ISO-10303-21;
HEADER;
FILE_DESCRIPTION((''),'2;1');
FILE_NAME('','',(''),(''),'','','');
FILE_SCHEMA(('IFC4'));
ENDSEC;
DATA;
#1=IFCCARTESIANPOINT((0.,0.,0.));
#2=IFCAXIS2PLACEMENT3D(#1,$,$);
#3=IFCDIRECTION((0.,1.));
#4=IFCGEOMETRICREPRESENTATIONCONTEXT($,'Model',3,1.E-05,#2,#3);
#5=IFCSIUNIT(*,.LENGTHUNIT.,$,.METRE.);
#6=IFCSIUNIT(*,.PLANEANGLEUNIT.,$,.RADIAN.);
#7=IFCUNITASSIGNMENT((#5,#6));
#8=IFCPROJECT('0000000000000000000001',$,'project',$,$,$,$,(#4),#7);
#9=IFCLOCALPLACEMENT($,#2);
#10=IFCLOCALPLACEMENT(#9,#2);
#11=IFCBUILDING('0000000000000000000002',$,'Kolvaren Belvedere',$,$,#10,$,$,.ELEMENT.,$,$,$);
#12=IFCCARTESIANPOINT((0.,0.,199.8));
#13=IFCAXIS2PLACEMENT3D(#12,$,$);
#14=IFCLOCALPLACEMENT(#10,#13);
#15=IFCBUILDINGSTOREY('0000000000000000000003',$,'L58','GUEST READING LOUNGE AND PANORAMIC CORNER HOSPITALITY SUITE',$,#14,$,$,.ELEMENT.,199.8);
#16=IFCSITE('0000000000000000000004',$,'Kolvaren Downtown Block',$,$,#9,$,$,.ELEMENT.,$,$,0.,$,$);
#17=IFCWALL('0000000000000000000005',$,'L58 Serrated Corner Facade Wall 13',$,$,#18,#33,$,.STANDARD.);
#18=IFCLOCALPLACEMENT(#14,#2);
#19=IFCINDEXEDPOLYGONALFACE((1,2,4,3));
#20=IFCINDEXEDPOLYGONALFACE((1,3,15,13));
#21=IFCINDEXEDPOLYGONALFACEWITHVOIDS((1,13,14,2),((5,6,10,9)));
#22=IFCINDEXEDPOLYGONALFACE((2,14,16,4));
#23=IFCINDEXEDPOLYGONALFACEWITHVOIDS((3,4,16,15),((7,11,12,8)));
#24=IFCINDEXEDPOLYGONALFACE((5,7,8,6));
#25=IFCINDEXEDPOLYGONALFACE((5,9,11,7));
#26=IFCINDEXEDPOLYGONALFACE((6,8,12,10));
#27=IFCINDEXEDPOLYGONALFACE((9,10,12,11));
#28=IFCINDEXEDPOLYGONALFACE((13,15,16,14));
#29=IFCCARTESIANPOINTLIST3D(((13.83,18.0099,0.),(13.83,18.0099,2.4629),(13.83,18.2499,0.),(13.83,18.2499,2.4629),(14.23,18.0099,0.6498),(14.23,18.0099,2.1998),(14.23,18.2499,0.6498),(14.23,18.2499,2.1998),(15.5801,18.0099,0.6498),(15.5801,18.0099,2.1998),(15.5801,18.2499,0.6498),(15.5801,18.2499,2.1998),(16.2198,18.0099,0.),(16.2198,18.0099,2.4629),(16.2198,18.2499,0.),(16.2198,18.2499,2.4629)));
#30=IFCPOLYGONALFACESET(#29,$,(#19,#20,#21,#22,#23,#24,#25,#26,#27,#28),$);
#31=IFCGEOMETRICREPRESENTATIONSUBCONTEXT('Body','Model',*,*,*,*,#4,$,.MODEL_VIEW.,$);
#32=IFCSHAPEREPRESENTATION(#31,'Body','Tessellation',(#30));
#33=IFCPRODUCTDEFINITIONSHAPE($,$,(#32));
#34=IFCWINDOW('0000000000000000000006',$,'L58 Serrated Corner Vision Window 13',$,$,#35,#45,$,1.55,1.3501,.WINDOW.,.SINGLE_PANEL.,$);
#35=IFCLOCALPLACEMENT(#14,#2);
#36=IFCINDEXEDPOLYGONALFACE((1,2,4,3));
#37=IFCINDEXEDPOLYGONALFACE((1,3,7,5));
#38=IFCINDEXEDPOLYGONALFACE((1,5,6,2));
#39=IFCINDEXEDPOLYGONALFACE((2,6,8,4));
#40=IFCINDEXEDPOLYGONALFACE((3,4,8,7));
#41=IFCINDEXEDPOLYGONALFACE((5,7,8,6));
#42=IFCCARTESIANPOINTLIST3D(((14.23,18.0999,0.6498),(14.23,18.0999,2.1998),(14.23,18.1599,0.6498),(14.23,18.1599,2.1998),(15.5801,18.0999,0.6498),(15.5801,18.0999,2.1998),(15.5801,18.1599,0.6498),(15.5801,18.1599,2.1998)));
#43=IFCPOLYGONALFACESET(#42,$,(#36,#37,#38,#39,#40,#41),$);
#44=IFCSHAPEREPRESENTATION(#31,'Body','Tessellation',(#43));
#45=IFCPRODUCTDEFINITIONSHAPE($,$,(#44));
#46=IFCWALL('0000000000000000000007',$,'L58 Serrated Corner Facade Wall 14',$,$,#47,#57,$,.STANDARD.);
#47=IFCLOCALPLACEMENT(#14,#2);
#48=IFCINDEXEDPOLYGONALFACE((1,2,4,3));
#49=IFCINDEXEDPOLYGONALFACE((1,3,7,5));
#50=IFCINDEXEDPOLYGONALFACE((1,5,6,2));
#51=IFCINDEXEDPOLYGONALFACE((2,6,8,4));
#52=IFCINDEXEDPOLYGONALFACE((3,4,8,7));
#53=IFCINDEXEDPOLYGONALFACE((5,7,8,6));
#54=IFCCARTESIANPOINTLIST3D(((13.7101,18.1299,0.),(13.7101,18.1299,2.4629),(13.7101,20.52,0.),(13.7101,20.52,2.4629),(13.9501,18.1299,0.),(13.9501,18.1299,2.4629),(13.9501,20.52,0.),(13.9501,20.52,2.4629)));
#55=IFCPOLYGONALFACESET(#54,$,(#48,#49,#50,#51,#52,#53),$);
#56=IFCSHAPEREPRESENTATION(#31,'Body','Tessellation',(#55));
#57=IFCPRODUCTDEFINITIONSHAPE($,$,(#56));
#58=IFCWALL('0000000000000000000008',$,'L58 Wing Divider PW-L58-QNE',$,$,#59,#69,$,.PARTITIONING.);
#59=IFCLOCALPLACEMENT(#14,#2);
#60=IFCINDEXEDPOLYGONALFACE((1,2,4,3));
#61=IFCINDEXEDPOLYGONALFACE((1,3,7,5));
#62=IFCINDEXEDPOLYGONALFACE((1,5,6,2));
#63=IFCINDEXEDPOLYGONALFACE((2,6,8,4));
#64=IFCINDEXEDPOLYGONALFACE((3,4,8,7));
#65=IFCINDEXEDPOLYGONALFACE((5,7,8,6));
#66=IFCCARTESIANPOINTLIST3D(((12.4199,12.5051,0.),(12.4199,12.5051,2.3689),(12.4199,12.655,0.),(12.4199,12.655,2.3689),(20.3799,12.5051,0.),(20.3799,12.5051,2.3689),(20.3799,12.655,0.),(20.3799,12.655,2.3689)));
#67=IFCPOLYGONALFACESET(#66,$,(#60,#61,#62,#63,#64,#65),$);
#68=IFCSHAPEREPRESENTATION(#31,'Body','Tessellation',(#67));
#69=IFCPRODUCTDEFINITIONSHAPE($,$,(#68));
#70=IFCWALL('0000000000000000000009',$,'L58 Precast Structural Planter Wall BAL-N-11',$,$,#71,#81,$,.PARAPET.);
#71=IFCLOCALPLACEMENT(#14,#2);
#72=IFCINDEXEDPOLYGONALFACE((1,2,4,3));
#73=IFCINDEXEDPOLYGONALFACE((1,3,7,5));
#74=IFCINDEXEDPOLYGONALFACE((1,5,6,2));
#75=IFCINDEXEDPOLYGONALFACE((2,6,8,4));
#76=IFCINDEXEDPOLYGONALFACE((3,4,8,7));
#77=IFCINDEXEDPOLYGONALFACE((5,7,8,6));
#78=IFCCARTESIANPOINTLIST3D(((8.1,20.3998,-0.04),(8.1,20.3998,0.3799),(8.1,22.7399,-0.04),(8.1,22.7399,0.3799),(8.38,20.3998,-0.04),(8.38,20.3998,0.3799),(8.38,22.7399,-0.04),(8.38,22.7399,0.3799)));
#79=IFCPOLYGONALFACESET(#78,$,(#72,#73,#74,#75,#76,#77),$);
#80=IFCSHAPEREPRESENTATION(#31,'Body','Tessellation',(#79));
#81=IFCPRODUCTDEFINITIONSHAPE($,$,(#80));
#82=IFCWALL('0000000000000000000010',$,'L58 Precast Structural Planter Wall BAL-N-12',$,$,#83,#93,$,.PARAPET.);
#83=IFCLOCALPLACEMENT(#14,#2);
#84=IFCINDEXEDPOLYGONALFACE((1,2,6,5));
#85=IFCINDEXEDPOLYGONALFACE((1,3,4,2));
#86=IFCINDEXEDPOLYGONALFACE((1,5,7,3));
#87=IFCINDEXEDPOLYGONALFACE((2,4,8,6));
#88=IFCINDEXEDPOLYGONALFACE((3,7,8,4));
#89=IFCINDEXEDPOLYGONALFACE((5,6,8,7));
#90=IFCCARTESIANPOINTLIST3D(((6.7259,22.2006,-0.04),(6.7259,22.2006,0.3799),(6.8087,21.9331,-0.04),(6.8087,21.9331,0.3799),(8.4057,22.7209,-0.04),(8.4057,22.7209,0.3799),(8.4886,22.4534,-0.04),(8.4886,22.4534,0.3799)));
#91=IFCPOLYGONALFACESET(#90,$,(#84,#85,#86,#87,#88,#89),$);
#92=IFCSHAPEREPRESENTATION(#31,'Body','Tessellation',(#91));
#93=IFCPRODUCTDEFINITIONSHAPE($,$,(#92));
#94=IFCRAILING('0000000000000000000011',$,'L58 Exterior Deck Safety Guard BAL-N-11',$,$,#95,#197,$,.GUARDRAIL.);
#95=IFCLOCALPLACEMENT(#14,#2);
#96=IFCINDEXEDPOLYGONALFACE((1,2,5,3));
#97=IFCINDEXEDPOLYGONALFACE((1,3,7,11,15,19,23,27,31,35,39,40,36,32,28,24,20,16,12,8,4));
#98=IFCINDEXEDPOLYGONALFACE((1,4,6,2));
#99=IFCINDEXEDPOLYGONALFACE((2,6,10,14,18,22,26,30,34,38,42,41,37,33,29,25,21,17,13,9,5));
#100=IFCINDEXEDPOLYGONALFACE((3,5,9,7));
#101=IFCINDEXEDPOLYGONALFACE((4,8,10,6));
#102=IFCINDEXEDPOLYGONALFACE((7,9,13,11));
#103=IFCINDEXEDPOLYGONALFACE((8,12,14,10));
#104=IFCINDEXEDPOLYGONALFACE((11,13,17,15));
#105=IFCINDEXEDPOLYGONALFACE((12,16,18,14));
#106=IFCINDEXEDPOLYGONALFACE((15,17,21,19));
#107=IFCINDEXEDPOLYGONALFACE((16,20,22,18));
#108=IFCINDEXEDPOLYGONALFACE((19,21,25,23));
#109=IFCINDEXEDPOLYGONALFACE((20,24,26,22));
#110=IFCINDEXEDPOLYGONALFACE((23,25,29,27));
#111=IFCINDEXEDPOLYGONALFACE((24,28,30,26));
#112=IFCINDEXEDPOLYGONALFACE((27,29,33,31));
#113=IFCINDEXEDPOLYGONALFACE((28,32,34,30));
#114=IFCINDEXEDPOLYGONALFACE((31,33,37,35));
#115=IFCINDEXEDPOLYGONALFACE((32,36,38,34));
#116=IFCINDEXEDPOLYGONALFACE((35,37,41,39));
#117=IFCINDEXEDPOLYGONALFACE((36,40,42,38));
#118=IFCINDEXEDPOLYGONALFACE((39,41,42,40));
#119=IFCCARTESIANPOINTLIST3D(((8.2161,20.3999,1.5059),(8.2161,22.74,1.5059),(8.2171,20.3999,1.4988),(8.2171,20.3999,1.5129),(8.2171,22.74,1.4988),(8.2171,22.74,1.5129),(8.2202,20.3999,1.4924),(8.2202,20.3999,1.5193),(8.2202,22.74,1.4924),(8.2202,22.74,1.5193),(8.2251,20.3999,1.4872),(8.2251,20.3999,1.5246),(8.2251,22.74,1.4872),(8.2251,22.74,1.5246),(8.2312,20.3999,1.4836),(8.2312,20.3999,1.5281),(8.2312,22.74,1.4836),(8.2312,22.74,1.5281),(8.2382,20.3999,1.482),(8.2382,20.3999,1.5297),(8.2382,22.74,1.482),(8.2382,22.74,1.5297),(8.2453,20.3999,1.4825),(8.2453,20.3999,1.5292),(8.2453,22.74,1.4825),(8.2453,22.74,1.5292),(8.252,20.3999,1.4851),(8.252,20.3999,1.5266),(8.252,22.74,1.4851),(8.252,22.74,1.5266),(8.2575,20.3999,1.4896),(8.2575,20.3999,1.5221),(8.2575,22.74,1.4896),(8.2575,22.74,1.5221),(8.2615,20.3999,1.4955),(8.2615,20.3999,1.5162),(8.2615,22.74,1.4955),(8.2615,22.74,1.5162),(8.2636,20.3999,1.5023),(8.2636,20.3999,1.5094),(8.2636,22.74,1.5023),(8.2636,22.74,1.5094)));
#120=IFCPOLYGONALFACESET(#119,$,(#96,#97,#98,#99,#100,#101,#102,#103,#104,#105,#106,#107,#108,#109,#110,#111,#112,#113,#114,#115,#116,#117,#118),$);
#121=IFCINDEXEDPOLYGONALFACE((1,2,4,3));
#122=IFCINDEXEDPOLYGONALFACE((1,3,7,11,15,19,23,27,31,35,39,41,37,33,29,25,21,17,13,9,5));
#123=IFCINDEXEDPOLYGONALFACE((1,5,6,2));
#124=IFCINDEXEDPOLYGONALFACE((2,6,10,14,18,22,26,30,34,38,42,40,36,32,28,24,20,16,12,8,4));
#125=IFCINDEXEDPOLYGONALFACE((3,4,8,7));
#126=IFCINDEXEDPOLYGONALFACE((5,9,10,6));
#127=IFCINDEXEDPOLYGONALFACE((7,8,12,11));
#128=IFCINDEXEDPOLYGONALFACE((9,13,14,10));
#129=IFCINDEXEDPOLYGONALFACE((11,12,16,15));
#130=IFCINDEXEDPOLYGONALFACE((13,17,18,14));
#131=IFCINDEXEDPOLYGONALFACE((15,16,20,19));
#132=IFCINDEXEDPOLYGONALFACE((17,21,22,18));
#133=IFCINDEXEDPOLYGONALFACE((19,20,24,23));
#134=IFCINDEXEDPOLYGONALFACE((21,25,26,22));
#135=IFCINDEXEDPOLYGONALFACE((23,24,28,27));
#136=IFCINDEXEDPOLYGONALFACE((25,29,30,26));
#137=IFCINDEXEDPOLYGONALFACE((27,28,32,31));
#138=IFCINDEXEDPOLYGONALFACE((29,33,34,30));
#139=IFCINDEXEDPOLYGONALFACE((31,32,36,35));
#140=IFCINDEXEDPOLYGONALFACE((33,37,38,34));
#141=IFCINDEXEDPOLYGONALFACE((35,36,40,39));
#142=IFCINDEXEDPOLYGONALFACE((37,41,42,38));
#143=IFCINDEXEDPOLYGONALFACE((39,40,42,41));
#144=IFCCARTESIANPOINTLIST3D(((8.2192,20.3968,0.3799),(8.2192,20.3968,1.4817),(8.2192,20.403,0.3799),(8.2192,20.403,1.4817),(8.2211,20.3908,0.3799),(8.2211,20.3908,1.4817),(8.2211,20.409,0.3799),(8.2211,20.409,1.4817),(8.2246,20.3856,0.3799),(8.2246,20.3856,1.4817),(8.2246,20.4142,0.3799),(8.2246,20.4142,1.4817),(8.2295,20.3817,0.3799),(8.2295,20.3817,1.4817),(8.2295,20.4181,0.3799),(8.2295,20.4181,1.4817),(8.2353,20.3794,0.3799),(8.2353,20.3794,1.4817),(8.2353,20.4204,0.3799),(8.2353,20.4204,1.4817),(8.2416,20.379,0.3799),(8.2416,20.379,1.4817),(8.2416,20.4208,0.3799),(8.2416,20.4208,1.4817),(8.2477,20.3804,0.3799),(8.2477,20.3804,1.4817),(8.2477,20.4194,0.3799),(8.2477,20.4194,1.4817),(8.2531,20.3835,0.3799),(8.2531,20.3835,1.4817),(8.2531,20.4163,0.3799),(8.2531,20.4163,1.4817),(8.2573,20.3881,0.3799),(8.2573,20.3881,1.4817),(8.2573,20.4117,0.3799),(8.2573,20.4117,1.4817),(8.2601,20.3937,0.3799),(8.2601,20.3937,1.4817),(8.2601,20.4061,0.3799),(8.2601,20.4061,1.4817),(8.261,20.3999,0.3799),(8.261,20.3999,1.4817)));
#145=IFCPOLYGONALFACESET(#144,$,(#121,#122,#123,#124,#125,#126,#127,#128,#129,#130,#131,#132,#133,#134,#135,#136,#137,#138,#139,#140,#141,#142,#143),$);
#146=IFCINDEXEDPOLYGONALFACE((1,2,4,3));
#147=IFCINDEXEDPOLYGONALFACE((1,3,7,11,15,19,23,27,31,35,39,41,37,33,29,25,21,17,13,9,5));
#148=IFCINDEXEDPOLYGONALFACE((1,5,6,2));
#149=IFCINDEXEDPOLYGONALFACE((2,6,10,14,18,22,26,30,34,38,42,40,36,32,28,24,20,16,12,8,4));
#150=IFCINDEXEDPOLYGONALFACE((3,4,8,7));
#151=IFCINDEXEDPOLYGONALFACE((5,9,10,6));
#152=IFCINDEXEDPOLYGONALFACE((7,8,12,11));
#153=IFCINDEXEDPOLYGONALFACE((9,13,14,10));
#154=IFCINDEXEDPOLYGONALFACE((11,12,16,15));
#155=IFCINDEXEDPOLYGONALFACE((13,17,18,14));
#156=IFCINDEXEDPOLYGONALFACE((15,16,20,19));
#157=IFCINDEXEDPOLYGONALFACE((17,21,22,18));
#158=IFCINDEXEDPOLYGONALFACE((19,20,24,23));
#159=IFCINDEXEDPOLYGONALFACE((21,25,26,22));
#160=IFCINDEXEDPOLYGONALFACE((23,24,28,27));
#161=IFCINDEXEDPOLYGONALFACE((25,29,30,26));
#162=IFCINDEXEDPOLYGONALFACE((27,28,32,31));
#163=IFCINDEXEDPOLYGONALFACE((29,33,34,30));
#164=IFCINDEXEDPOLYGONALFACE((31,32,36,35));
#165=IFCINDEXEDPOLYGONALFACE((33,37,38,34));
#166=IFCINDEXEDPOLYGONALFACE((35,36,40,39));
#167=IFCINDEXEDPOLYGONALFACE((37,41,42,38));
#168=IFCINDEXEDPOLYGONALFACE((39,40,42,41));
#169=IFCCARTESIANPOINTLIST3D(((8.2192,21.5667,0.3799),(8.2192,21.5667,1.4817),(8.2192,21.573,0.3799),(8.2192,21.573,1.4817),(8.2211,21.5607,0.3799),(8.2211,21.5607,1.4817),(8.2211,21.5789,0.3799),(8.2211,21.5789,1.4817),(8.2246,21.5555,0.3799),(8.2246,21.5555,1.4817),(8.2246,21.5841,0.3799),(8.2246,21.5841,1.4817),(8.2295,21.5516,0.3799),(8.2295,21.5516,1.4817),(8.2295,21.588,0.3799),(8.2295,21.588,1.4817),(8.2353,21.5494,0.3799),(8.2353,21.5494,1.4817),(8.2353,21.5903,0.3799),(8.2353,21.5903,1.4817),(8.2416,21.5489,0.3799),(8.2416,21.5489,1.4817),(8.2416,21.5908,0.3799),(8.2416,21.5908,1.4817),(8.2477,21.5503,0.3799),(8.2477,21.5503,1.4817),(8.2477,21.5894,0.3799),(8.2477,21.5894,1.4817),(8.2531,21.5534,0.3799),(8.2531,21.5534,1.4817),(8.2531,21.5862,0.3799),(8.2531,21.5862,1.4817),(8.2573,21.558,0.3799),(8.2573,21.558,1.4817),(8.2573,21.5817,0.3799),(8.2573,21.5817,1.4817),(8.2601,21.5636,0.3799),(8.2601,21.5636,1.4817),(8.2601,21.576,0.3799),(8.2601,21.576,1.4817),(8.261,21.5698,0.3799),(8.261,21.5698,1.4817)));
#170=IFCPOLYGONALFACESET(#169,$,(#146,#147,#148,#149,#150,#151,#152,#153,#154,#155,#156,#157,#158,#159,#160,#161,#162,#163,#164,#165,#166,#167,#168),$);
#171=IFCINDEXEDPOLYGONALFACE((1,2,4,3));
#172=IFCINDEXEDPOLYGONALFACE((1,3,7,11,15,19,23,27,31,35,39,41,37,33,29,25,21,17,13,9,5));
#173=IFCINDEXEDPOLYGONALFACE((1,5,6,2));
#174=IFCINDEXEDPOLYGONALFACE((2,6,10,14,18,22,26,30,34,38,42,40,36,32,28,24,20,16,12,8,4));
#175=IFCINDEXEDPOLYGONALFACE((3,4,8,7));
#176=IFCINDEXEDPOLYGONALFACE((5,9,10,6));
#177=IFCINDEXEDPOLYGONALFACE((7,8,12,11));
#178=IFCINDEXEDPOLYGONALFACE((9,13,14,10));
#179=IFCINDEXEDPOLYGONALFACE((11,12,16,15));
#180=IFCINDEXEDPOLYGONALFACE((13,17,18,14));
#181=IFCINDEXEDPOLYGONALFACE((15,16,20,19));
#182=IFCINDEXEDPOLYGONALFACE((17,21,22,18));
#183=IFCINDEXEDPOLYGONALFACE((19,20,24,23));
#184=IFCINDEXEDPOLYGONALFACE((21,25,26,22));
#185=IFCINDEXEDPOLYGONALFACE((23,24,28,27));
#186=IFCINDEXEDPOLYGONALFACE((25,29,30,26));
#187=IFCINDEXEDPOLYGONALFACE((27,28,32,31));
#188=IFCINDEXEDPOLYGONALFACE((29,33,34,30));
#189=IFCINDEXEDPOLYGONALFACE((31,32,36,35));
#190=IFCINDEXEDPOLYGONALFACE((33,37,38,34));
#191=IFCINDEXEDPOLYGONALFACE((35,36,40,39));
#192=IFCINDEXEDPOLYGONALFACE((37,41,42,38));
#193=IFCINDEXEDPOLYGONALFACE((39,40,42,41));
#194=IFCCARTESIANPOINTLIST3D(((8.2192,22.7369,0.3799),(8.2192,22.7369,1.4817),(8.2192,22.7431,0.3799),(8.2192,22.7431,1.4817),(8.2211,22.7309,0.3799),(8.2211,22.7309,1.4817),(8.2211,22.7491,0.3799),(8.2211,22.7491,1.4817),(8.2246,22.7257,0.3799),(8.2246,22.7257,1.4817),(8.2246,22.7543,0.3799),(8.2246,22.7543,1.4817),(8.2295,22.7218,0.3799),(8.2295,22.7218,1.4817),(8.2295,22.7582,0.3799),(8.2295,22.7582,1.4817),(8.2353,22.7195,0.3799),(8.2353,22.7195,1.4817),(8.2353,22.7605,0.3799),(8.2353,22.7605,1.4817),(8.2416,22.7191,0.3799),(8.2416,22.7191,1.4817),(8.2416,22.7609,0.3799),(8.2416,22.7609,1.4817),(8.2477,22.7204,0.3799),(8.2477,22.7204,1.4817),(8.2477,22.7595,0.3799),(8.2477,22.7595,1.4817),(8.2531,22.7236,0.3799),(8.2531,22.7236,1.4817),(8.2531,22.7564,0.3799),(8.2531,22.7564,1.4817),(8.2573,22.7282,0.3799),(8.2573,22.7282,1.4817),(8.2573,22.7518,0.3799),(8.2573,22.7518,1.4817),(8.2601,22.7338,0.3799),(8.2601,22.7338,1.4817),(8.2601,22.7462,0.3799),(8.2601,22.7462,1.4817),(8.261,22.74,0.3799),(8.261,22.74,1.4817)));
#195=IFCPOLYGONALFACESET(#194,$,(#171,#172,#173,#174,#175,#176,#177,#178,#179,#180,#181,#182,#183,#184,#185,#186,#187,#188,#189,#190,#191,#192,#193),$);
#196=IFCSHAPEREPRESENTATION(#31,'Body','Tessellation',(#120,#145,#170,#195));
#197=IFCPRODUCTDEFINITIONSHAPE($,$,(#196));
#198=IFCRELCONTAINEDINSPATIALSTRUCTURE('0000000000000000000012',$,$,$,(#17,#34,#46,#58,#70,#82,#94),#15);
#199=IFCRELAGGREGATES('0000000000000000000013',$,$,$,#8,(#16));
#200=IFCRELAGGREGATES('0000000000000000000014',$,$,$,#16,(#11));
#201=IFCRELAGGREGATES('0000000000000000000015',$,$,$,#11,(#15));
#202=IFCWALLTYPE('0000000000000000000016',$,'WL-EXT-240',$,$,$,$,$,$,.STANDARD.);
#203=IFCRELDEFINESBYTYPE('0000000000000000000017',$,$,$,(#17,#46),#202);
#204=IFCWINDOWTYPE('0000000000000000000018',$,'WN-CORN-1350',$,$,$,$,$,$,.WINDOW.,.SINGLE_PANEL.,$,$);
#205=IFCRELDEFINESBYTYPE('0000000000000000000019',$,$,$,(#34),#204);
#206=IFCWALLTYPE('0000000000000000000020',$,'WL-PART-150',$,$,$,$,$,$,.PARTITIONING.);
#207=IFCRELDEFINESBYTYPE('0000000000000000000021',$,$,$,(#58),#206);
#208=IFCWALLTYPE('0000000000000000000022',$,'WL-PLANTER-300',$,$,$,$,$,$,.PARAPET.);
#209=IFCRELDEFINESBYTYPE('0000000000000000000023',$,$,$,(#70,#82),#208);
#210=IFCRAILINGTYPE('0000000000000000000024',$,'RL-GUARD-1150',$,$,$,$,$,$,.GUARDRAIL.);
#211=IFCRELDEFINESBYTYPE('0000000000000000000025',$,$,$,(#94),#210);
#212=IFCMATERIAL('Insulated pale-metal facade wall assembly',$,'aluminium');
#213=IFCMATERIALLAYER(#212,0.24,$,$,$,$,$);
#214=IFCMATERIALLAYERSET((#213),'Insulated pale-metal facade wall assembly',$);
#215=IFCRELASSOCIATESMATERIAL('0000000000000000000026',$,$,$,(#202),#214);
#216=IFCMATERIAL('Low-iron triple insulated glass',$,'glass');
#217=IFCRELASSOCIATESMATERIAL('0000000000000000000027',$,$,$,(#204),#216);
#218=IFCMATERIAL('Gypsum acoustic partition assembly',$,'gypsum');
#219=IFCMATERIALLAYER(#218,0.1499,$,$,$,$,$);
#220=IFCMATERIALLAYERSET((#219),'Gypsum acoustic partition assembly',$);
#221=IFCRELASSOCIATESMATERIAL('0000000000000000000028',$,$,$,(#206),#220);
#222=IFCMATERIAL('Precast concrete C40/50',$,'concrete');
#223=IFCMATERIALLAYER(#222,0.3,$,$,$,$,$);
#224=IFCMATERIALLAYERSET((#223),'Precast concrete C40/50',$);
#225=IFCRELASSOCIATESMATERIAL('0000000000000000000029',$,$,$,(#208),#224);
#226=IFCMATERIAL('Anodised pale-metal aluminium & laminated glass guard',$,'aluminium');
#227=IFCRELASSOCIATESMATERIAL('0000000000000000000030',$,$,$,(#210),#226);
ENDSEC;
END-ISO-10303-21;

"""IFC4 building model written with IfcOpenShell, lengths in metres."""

from ifc_helpers import new_model, si_unit, direction, frame, frame_2d, origin, origin_2d, place, context, subcontext, project, spatial, rectangle, circle, extrude, material, layer, layer_set, type_object, element, fill, save


model = new_model("IFC4")

# Units and contexts
model_context = context("Model", 3, precision=1e-05, world=origin(), true_north=direction((0.0, 1.0)))
body_context = subcontext(model_context, "Body", "Model", "MODEL_VIEW")
ifc_project = project(units=[si_unit("LENGTHUNIT", "METRE"), si_unit("PLANEANGLEUNIT", "RADIAN")], contexts=[model_context])

# Site, building, storey
site_placement = place(None, origin())
site = spatial("IfcSite", under=ifc_project, at=site_placement, Name="Kolvaren Downtown Block", CompositionType="ELEMENT", RefElevation=0.0)
building_placement = place(site_placement, origin())
building = spatial("IfcBuilding", under=site, at=building_placement, Name="Kolvaren Belvedere", CompositionType="ELEMENT")
storey_placement = place(building_placement, frame((0.0, 0.0, 199.8)))
storey = spatial("IfcBuildingStorey", under=building, at=storey_placement, Name="L58", Description="GUEST READING LOUNGE AND PANORAMIC CORNER HOSPITALITY SUITE", CompositionType="ELEMENT", Elevation=199.8)

# Shared definitions
ifc_material_1 = material(Name="Insulated pale-metal facade wall assembly", Category="aluminium")
ifc_layer_1 = layer(ifc_material_1, 0.24)
ifc_layer_set_1 = layer_set([ifc_layer_1], Name="Insulated pale-metal facade wall assembly")
wall_type_1 = type_object("IfcWallType", Name="WL-EXT-240", PredefinedType="STANDARD", material=ifc_layer_set_1)

# Wall, opening, window
ifc_material_2 = material(Name="Low-iron triple insulated glass", Category="glass")
window_type_1 = type_object("IfcWindowType", Name="WN-CORN-1350", PartitioningType="SINGLE_PANEL", PredefinedType="WINDOW", material=ifc_material_2)
wall_1_placement = place(storey_placement, frame((13.8301, 18.1299, 0.0), z_axis=(0.0, 0.0, 1.0), x_axis=(1.0, 0.0, 0.0)))
wall_1 = element("IfcWall", 1, at=wall_1_placement, inside=storey, type_object=wall_type_1, Name="L58 Serrated Corner Facade Wall 13", PredefinedType="STANDARD", context=body_context, shape_type="SweptSolid", body=[
    extrude(rectangle(XDim=2.3899, YDim=0.24, at=frame_2d((1.1948, 0.0))), origin(), (0.0, 0.0, 1.0), 2.4629),
])
opening_1_placement = place(wall_1_placement, frame((0.3999, 0.0, 0.6499)))
opening_1 = element("IfcOpeningElement", 2, at=opening_1_placement, cuts=wall_1, PredefinedType="OPENING", context=body_context, shape_type="SweptSolid", body=[
    extrude(rectangle(XDim=1.3501, YDim=1.55, at=frame_2d((0.675, 0.7749))), frame((0.0, 0.1299, 0.0), z_axis=(0.0, -1.0, 0.0), x_axis=(1.0, 0.0, 0.0)), (0.0, 0.0, 1.0), 0.26),
])
window_1_placement = place(opening_1_placement, origin())
window_1 = element("IfcWindow", 3, at=window_1_placement, inside=storey, type_object=window_type_1, Name="L58 Serrated Corner Vision Window 13", OverallHeight=1.55, OverallWidth=1.3501, PartitioningType="SINGLE_PANEL", PredefinedType="WINDOW", context=body_context, shape_type="SweptSolid", body=[
    extrude(rectangle(XDim=1.3501, YDim=1.55, at=frame_2d((0.675, 0.7749))), frame((0.0, 0.03, 0.0), z_axis=(0.0, -1.0, 0.0), x_axis=(1.0, 0.0, 0.0)), (0.0, 0.0, 1.0), 0.0601),
])
fill(opening_1, window_1)

# Walls
wall_2_placement = place(storey_placement, frame((13.8301, 20.52, 0.0), z_axis=(0.0, 0.0, 1.0), x_axis=(0.0, -1.0, 0.0)))
element("IfcWall", 4, at=wall_2_placement, inside=storey, type_object=wall_type_1, Name="L58 Serrated Corner Facade Wall 14", PredefinedType="STANDARD", context=body_context, shape_type="SweptSolid", body=[
    extrude(rectangle(XDim=2.3901, YDim=0.24, at=frame_2d((1.1951, 0.0))), origin(), (0.0, 0.0, 1.0), 2.4629),
])
ifc_material_3 = material(Name="Gypsum acoustic partition assembly", Category="gypsum")
ifc_layer_2 = layer(ifc_material_3, 0.1499)
ifc_layer_set_2 = layer_set([ifc_layer_2], Name="Gypsum acoustic partition assembly")
wall_type_2 = type_object("IfcWallType", Name="WL-PART-150", PredefinedType="PARTITIONING", material=ifc_layer_set_2)
wall_3_placement = place(storey_placement, frame((12.4199, 12.5801, 0.0), z_axis=(0.0, 0.0, 1.0), x_axis=(1.0, 0.0, 0.0)))
element("IfcWall", 5, at=wall_3_placement, inside=storey, type_object=wall_type_2, Name="L58 Wing Divider PW-L58-QNE", PredefinedType="PARTITIONING", context=body_context, shape_type="SweptSolid", body=[
    extrude(rectangle(XDim=7.96, YDim=0.1499, at=frame_2d((3.98, 0.0))), origin(), (0.0, 0.0, 1.0), 2.3689),
])
ifc_material_4 = material(Name="Precast concrete C40/50", Category="concrete")
ifc_layer_3 = layer(ifc_material_4, 0.3)
ifc_layer_set_3 = layer_set([ifc_layer_3], Name="Precast concrete C40/50")
wall_type_3 = type_object("IfcWallType", Name="WL-PLANTER-300", PredefinedType="PARAPET", material=ifc_layer_set_3)
wall_4_placement = place(storey_placement, frame((8.24, 20.3999, -0.04), z_axis=(0.0, 0.0, 1.0), x_axis=(0.0, 1.0, 0.0)))
element("IfcWall", 6, at=wall_4_placement, inside=storey, type_object=wall_type_3, Name="L58 Precast Structural Planter Wall BAL-N-11", PredefinedType="PARAPET", context=body_context, shape_type="SweptSolid", body=[
    extrude(rectangle(XDim=2.3401, YDim=0.28, at=frame_2d((1.1699, 0.0))), origin(), (0.0, 0.0, 1.0), 0.4199),
])
wall_5_placement = place(storey_placement, frame((8.4473, 22.5872, -0.04), z_axis=(0.0, 0.0, 1.0), x_axis=(-0.95524, -0.295832, 0.0)))
element("IfcWall", 7, at=wall_5_placement, inside=storey, type_object=wall_type_3, Name="L58 Precast Structural Planter Wall BAL-N-12", PredefinedType="PARAPET", context=body_context, shape_type="SweptSolid", body=[
    extrude(rectangle(XDim=1.7585, YDim=0.28, at=frame_2d((0.8794, 0.0))), origin(), (0.0, 0.0, 1.0), 0.4199),
])

# Railing
ifc_material_5 = material(Name="Anodised pale-metal aluminium & laminated glass guard", Category="aluminium")
railing_type = type_object("IfcRailingType", Name="RL-GUARD-1150", PredefinedType="GUARDRAIL", material=ifc_material_5)
railing_1_placement = place(storey_placement, frame((8.24, 20.3999, 0.3799)))
element("IfcRailing", 8, at=railing_1_placement, inside=storey, type_object=railing_type, Name="L58 Exterior Deck Safety Guard BAL-N-11", PredefinedType="GUARDRAIL", context=body_context, shape_type="SweptSolid", body=[
    extrude(circle(Radius=0.0239, at=origin_2d()), frame((0.0, 0.0, 1.126), z_axis=(0.0, 1.0, 0.0), x_axis=(-1.0, 0.0, 0.0)), (0.0, 0.0, 1.0), 2.3401),
    extrude(circle(Radius=0.021, at=origin_2d()), origin(), (0.0, 0.0, 1.0), 1.1018),
    extrude(circle(Radius=0.021, at=origin_2d()), frame((0.0, 1.1699, 0.0)), (0.0, 0.0, 1.0), 1.1018),
    extrude(circle(Radius=0.021, at=origin_2d()), frame((0.0, 2.3401, 0.0)), (0.0, 0.0, 1.0), 1.1018),
])

save(model, "model.ifc")
